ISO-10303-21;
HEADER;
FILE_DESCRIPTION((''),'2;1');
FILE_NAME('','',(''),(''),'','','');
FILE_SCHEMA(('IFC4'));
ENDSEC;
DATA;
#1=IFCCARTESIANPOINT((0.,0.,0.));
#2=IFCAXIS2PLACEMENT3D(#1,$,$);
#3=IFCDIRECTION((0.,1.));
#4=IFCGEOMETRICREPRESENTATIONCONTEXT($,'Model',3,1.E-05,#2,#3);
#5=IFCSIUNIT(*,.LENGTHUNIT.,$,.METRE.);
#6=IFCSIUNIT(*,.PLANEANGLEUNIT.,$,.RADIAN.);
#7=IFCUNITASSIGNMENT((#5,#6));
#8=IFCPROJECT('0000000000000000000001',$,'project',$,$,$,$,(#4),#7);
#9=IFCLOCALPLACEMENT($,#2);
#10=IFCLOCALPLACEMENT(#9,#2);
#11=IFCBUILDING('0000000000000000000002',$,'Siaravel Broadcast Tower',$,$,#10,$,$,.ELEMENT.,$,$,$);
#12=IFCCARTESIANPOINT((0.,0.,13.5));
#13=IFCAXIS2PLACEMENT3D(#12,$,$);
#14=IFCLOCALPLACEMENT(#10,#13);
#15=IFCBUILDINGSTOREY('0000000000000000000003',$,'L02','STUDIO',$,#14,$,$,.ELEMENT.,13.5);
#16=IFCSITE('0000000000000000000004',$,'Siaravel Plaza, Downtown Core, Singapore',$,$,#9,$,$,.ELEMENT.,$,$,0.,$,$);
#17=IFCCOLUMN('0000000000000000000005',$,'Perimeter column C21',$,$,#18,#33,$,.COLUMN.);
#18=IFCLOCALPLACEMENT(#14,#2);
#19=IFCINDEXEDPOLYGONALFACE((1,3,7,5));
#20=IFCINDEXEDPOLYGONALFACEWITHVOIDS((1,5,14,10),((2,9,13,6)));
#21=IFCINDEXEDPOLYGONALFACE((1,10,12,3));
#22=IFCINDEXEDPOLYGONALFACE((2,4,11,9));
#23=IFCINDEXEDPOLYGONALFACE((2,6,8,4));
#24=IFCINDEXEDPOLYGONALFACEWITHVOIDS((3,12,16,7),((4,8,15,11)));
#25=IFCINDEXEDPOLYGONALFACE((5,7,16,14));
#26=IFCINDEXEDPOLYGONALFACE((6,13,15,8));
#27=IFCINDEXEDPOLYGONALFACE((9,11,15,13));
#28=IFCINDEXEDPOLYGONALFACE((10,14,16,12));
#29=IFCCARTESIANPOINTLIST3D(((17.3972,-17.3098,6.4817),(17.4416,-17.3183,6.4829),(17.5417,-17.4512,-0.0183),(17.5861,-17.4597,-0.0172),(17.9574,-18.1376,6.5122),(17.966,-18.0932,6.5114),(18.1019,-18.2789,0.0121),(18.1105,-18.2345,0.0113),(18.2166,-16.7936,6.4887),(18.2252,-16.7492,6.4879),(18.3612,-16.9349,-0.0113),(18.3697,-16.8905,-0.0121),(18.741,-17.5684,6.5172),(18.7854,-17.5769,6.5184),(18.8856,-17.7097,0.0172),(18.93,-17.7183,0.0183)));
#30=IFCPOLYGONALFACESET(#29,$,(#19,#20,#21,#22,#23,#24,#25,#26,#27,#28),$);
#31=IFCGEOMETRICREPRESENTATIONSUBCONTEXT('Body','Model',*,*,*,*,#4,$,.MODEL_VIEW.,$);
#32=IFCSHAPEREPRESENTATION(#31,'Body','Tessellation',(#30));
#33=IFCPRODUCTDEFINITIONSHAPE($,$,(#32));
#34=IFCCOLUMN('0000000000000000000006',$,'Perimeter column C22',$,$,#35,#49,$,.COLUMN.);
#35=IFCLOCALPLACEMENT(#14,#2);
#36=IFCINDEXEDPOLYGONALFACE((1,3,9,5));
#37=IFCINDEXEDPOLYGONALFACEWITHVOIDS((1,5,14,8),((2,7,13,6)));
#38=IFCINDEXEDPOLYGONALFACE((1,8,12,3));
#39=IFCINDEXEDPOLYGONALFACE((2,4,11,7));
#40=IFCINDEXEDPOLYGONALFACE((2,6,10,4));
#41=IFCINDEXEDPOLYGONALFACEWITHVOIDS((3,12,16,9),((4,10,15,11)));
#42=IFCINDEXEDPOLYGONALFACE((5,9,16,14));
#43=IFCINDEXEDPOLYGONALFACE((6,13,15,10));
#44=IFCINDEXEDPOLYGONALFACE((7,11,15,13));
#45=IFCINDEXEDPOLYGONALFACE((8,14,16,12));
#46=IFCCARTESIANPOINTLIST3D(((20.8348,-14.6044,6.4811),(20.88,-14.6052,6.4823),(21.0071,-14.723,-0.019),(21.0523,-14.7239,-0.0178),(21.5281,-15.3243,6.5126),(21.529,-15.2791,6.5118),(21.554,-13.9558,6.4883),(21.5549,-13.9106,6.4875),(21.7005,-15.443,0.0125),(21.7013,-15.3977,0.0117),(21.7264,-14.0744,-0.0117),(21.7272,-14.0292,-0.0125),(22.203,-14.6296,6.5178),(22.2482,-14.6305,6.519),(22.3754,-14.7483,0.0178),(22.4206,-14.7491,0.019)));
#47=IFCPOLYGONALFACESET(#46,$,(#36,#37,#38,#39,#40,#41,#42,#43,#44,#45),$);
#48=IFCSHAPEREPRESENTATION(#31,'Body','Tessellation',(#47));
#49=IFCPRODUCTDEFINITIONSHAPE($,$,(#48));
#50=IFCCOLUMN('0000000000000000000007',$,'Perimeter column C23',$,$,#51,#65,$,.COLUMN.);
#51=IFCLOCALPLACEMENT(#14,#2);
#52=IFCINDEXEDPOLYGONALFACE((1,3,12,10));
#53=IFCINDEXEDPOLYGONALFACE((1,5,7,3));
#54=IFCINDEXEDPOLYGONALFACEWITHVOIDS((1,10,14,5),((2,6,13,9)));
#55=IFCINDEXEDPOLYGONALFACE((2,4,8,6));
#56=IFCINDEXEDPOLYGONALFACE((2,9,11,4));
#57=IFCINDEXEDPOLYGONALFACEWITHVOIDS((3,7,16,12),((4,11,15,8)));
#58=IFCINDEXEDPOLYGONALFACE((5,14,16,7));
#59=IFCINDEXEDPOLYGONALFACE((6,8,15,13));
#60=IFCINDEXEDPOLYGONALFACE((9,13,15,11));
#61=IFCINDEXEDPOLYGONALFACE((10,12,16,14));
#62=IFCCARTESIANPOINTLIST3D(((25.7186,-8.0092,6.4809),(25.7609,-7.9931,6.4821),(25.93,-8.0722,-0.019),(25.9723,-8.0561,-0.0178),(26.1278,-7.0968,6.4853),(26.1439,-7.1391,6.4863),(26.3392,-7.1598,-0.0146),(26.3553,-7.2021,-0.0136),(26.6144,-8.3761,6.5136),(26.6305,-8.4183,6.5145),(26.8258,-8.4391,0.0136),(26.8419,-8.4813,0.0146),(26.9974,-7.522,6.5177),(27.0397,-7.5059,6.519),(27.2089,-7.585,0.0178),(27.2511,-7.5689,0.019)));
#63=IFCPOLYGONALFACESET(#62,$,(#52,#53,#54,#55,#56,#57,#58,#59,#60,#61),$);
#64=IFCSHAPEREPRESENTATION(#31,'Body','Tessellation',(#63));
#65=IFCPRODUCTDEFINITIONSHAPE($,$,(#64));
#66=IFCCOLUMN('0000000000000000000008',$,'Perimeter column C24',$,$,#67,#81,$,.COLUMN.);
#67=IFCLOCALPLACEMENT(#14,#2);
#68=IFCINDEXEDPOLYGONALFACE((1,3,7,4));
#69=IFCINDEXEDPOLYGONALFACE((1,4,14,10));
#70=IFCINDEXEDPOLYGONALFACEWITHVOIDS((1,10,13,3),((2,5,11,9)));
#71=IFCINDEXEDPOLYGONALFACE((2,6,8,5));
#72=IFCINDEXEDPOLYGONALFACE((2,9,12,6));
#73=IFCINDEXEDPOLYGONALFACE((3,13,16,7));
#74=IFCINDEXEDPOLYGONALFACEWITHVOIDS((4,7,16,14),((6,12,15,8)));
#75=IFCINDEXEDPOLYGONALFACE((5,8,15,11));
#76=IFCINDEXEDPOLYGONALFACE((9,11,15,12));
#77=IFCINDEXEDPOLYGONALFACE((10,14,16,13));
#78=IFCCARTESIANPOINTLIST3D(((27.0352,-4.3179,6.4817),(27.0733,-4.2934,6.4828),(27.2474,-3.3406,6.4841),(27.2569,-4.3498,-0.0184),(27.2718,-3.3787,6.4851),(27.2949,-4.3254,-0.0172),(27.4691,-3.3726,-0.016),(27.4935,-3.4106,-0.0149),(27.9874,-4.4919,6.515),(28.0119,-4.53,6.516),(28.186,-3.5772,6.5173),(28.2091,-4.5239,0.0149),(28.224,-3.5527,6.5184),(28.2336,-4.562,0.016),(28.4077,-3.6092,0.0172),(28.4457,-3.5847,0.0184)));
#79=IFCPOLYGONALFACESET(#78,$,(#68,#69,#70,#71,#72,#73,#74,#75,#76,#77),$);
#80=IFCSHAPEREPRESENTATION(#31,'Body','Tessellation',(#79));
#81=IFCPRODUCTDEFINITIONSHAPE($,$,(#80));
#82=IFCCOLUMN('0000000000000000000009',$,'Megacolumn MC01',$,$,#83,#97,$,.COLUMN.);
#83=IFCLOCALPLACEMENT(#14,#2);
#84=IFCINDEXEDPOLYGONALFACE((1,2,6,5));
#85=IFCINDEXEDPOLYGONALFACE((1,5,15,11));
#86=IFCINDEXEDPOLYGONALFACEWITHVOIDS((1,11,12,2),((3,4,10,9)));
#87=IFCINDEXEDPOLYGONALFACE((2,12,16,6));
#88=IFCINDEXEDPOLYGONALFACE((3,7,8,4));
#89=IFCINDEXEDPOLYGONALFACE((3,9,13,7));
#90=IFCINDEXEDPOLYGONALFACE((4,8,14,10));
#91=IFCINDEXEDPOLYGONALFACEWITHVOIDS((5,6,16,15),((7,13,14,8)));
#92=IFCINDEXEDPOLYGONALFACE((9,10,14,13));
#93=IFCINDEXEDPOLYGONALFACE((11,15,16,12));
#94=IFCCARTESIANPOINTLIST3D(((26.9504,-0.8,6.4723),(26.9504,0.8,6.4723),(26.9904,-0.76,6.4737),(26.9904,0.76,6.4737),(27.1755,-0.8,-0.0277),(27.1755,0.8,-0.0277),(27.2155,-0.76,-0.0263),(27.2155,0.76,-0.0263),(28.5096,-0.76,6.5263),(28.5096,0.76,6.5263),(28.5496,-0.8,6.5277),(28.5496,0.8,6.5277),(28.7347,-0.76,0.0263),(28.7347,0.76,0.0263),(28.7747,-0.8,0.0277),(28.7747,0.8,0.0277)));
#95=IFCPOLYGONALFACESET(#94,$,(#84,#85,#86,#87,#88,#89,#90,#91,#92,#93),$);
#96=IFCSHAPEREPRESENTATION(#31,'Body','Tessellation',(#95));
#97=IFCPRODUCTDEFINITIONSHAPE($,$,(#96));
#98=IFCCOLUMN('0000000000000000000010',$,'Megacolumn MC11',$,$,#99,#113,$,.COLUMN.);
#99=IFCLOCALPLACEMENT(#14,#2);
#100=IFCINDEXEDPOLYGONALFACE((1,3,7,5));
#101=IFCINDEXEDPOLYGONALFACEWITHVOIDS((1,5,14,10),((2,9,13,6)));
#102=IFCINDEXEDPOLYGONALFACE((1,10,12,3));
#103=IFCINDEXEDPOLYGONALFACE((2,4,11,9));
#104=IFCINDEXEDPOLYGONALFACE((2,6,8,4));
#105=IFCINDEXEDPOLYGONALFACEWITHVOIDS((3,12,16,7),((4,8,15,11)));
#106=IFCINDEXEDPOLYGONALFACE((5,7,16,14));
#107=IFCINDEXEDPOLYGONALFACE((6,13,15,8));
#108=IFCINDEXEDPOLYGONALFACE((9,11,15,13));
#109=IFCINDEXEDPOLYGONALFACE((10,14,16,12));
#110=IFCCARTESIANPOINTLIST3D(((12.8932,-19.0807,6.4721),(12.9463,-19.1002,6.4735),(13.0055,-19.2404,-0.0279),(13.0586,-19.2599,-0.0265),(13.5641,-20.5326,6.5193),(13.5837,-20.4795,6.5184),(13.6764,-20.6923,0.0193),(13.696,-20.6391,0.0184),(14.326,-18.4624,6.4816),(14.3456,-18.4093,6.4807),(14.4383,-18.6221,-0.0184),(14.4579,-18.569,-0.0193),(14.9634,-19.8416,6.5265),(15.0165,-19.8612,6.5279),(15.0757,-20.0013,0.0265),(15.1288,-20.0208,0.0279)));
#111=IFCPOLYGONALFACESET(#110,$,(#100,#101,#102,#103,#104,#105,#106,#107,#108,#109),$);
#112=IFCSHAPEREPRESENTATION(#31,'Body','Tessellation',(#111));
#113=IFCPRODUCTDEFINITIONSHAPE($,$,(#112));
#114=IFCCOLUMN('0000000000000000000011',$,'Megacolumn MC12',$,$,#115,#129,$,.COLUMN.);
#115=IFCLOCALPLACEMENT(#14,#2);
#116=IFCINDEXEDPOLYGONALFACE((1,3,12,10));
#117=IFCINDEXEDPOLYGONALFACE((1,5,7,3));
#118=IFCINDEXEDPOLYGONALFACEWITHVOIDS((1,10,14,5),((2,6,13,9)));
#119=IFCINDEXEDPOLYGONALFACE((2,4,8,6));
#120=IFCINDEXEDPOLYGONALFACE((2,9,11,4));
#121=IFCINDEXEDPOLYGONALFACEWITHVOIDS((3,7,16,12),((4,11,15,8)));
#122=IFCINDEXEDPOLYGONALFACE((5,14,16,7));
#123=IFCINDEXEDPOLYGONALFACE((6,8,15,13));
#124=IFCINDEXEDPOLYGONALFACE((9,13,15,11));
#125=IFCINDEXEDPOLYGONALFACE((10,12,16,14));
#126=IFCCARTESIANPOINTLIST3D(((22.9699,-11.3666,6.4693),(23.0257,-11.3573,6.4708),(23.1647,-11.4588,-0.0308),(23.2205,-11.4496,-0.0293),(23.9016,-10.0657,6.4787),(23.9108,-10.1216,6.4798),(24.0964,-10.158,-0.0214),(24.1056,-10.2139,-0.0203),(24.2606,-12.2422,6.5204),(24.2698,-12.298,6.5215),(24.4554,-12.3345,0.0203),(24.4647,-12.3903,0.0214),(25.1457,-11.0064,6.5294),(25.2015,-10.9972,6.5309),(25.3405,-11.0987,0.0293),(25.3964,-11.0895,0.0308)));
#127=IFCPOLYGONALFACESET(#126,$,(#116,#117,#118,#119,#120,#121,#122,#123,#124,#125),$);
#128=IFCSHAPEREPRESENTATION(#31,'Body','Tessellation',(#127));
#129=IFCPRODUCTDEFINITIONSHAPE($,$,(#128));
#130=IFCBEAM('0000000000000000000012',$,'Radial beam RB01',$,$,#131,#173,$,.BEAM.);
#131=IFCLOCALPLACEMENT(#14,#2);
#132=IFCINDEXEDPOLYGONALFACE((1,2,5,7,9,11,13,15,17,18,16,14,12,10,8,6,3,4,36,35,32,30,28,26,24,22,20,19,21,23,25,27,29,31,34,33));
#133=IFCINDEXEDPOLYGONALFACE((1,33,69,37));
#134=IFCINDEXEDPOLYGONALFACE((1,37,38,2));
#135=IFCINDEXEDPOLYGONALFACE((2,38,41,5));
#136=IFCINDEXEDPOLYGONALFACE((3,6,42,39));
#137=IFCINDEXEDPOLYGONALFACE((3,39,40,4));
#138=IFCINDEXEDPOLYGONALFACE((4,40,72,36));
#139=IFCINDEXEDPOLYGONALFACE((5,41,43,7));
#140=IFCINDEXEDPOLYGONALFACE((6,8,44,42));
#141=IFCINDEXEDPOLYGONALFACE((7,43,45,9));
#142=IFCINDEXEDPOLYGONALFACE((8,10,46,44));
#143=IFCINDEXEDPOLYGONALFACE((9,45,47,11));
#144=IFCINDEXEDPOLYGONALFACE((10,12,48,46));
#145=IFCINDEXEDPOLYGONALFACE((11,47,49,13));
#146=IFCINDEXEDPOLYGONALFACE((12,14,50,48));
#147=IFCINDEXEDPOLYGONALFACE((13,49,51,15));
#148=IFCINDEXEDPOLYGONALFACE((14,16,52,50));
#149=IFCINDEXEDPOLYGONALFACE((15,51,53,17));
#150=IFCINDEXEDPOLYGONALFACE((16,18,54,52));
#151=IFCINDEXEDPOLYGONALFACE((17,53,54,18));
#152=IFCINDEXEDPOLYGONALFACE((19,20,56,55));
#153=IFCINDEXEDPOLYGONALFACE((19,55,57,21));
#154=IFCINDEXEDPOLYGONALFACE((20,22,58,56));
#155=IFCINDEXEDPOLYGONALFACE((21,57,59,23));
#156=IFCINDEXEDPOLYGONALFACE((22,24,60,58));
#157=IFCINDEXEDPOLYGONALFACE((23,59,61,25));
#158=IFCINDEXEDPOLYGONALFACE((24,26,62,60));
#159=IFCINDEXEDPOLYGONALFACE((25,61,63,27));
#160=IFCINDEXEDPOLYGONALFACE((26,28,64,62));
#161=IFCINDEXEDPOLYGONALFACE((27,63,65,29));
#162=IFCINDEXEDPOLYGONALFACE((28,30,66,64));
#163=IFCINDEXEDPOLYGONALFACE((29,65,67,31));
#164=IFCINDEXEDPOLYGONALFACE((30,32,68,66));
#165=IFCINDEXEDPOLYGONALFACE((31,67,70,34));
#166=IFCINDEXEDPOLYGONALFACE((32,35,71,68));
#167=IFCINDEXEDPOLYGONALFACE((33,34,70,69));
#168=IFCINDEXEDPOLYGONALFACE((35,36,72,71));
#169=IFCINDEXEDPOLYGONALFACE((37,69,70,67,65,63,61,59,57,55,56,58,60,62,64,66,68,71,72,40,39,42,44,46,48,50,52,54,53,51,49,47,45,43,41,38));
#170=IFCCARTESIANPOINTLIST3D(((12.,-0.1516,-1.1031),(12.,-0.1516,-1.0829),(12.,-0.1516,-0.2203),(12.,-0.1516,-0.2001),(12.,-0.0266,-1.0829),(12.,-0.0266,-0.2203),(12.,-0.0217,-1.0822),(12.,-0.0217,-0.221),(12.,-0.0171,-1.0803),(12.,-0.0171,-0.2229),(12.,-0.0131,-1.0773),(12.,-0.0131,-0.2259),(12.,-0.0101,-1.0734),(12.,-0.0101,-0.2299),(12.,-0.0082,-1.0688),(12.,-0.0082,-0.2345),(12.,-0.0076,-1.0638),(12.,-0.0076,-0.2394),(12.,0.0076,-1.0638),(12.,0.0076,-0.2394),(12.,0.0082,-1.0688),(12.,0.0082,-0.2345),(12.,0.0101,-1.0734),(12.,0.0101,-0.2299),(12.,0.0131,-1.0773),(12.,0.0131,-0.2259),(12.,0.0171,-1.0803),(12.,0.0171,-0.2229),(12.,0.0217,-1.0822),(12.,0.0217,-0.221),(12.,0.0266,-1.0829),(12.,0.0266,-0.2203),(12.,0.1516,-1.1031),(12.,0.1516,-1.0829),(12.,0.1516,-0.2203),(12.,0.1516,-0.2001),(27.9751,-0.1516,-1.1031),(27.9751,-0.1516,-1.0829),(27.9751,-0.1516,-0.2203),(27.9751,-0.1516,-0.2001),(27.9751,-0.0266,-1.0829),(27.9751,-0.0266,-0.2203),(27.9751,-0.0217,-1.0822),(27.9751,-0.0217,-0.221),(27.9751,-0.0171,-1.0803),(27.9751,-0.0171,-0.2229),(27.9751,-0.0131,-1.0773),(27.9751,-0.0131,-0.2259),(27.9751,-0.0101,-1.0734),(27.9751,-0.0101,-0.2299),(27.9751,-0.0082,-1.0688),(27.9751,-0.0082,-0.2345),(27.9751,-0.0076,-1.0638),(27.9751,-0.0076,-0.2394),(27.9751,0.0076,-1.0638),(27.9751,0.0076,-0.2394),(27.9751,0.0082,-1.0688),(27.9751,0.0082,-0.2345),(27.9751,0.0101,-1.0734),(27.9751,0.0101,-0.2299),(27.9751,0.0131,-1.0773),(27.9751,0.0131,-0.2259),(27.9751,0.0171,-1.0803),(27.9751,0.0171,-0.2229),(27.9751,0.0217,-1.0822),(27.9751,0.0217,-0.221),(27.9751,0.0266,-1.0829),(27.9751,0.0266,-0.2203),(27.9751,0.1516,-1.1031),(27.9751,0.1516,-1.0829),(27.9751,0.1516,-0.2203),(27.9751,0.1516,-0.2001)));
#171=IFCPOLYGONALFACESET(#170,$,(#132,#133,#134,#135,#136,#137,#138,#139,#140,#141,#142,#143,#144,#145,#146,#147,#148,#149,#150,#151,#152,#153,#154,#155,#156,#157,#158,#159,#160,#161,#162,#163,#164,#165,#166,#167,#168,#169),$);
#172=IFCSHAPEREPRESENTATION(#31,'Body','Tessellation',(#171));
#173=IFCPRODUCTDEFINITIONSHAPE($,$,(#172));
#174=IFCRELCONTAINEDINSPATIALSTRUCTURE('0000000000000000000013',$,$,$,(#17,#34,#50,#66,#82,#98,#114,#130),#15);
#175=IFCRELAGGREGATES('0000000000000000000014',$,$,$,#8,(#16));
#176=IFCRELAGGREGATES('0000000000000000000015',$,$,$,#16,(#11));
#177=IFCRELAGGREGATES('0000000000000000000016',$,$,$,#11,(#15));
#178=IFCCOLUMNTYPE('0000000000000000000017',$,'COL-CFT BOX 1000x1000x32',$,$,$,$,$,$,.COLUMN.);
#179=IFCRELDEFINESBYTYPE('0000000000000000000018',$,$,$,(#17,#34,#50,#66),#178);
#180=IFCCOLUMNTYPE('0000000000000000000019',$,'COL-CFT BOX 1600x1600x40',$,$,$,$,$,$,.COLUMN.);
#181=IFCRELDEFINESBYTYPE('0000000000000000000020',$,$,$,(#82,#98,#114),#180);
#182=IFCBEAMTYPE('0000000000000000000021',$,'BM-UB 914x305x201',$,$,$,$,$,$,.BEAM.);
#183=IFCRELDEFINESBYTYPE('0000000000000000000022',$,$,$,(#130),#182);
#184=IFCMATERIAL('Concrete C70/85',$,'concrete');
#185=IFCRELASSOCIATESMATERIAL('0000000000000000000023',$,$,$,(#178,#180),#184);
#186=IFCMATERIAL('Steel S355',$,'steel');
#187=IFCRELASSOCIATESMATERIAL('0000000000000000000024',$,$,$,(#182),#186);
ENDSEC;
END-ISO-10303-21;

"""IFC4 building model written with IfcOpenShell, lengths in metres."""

from ifc_helpers import new_model, si_unit, direction, frame, origin, origin_2d, place, context, subcontext, project, spatial, hollow_rectangle, i_section, extrude, material, material_profile, profile_set, type_object, element, save


model = new_model("IFC4")

# Units and contexts
model_context = context("Model", 3, precision=1e-05, world=origin(), true_north=direction((0.0, 1.0)))
body_context = subcontext(model_context, "Body", "Model", "MODEL_VIEW")
ifc_project = project(units=[si_unit("LENGTHUNIT", "METRE"), si_unit("PLANEANGLEUNIT", "RADIAN")], contexts=[model_context])

# Site, building, storey
site_placement = place(None, origin())
site = spatial("IfcSite", under=ifc_project, at=site_placement, Name="Siaravel Plaza, Downtown Core, Singapore", CompositionType="ELEMENT", RefElevation=0.0)
building_placement = place(site_placement, origin())
building = spatial("IfcBuilding", under=site, at=building_placement, Name="Siaravel Broadcast Tower", CompositionType="ELEMENT")
storey_placement = place(building_placement, frame((0.0, 0.0, 13.5)))
storey = spatial("IfcBuildingStorey", under=building, at=storey_placement, Name="L02", Description="STUDIO", CompositionType="ELEMENT", Elevation=13.5)

# Columns
ifc_material_1 = material(Name="Concrete C70/85", Category="concrete")
ifc_material_profile_1 = material_profile(ifc_material_1, hollow_rectangle(XDim=1.0, YDim=1.0, WallThickness=0.032, at=origin_2d()))
ifc_profile_set_1 = profile_set([ifc_material_profile_1], Name="Concrete C70/85")
column_type_1 = type_object("IfcColumnType", Name="COL-CFT BOX 1000x1000x32", PredefinedType="COLUMN", material=ifc_profile_set_1)
column_1_placement = place(storey_placement, frame((18.2358, -17.5847, 0.0), z_axis=(-0.022225, 0.021737, 0.999517), x_axis=(-0.82803, -0.56065, -0.006219)))
element("IfcColumn", 1, at=column_1_placement, inside=storey, type_object=column_type_1, Name="Perimeter column C21", PredefinedType="COLUMN", context=body_context, shape_type="SweptSolid", body=[
    extrude(hollow_rectangle(XDim=1.0, YDim=1.0, WallThickness=0.032, at=origin_2d()), origin(), (0.0, 0.0, 1.0), 6.5032),
])
column_2_placement = place(storey_placement, frame((21.7139, -14.7361, 0.0), z_axis=(-0.026504, 0.018245, 0.999482), x_axis=(-0.720114, -0.693826, -0.00643)))
element("IfcColumn", 2, at=column_2_placement, inside=storey, type_object=column_type_1, Name="Perimeter column C22", PredefinedType="COLUMN", context=body_context, shape_type="SweptSolid", body=[
    extrude(hollow_rectangle(XDim=1.0, YDim=1.0, WallThickness=0.032, at=origin_2d()), origin(), (0.0, 0.0, 1.0), 6.5034),
])
column_3_placement = place(storey_placement, frame((26.5906, -7.8206, 0.0), z_axis=(-0.032508, 0.009685, 0.999425), x_axis=(-0.409196, -0.912435, -0.004468)))
element("IfcColumn", 3, at=column_3_placement, inside=storey, type_object=column_type_1, Name="Perimeter column C23", PredefinedType="COLUMN", context=body_context, shape_type="SweptSolid", body=[
    extrude(hollow_rectangle(XDim=1.0, YDim=1.0, WallThickness=0.032, at=origin_2d()), origin(), (0.0, 0.0, 1.0), 6.5037),
])
column_4_placement = place(storey_placement, frame((27.8513, -3.9673, 0.0), z_axis=(-0.034084, 0.004917, 0.999407), x_axis=(-0.212163, -0.977231, -0.002427)))
element("IfcColumn", 4, at=column_4_placement, inside=storey, type_object=column_type_1, Name="Perimeter column C24", PredefinedType="COLUMN", context=body_context, shape_type="SweptSolid", body=[
    extrude(hollow_rectangle(XDim=1.0, YDim=1.0, WallThickness=0.032, at=origin_2d()), origin(), (0.0, 0.0, 1.0), 6.5039),
])
ifc_material_profile_2 = material_profile(ifc_material_1, hollow_rectangle(XDim=1.6001, YDim=1.6001, WallThickness=0.04, at=origin_2d()))
ifc_profile_set_2 = profile_set([ifc_material_profile_2], Name="Concrete C70/85")
column_type_2 = type_object("IfcColumnType", Name="COL-CFT BOX 1600x1600x40", PredefinedType="COLUMN", material=ifc_profile_set_2)
column_5_placement = place(storey_placement, frame((27.9751, 0.0, 0.0), z_axis=(-0.03461, 0.0, 0.999401), x_axis=(0.0, -1.0, 0.0)))
element("IfcColumn", 5, at=column_5_placement, inside=storey, type_object=column_type_2, Name="Megacolumn MC01", PredefinedType="COLUMN", context=body_context, shape_type="SweptSolid", body=[
    extrude(hollow_rectangle(XDim=1.6001, YDim=1.6001, WallThickness=0.04, at=origin_2d()), origin(), (0.0, 0.0, 1.0), 6.5039),
])
column_6_placement = place(storey_placement, frame((14.0671, -19.6306, 0.0), z_axis=(-0.01727, 0.024553, 0.999549), x_axis=(-0.907686, -0.419616, -0.005375)))
element("IfcColumn", 6, at=column_6_placement, inside=storey, type_object=column_type_2, Name="Megacolumn MC11", PredefinedType="COLUMN", context=body_context, shape_type="SweptSolid", body=[
    extrude(hollow_rectangle(XDim=1.6001, YDim=1.6001, WallThickness=0.04, at=origin_2d()), origin(), (0.0, 0.0, 1.0), 6.5029),
])
column_7_placement = place(storey_placement, frame((24.2805, -11.2742, 0.0), z_axis=(-0.029956, 0.01419, 0.99945), x_axis=(-0.582278, -0.812968, -0.00591)))
element("IfcColumn", 7, at=column_7_placement, inside=storey, type_object=column_type_2, Name="Megacolumn MC12", PredefinedType="COLUMN", context=body_context, shape_type="SweptSolid", body=[
    extrude(hollow_rectangle(XDim=1.6001, YDim=1.6001, WallThickness=0.04, at=origin_2d()), origin(), (0.0, 0.0, 1.0), 6.5037),
])

# Beam
ifc_material_2 = material(Name="Steel S355", Category="steel")
ifc_material_profile_3 = material_profile(ifc_material_2, i_section(OverallWidth=0.3032, OverallDepth=0.9031, WebThickness=0.0151, FlangeThickness=0.0203, FilletRadius=0.019, at=origin_2d()))
ifc_profile_set_3 = profile_set([ifc_material_profile_3], Name="Steel S355")
beam_type = type_object("IfcBeamType", Name="BM-UB 914x305x201", PredefinedType="BEAM", material=ifc_profile_set_3)
beam_1_placement = place(storey_placement, frame((27.9751, 0.0, -0.6516), z_axis=(-1.0, 0.0, 0.0), x_axis=(0.0, -1.0, 0.0)))
element("IfcBeam", 8, at=beam_1_placement, inside=storey, type_object=beam_type, Name="Radial beam RB01", PredefinedType="BEAM", context=body_context, shape_type="SweptSolid", body=[
    extrude(i_section(OverallWidth=0.3032, OverallDepth=0.9031, WebThickness=0.0151, FlangeThickness=0.0203, FilletRadius=0.019, at=origin_2d()), origin(), (0.0, 0.0, 1.0), 15.9751),
])

save(model, "model.ifc")
